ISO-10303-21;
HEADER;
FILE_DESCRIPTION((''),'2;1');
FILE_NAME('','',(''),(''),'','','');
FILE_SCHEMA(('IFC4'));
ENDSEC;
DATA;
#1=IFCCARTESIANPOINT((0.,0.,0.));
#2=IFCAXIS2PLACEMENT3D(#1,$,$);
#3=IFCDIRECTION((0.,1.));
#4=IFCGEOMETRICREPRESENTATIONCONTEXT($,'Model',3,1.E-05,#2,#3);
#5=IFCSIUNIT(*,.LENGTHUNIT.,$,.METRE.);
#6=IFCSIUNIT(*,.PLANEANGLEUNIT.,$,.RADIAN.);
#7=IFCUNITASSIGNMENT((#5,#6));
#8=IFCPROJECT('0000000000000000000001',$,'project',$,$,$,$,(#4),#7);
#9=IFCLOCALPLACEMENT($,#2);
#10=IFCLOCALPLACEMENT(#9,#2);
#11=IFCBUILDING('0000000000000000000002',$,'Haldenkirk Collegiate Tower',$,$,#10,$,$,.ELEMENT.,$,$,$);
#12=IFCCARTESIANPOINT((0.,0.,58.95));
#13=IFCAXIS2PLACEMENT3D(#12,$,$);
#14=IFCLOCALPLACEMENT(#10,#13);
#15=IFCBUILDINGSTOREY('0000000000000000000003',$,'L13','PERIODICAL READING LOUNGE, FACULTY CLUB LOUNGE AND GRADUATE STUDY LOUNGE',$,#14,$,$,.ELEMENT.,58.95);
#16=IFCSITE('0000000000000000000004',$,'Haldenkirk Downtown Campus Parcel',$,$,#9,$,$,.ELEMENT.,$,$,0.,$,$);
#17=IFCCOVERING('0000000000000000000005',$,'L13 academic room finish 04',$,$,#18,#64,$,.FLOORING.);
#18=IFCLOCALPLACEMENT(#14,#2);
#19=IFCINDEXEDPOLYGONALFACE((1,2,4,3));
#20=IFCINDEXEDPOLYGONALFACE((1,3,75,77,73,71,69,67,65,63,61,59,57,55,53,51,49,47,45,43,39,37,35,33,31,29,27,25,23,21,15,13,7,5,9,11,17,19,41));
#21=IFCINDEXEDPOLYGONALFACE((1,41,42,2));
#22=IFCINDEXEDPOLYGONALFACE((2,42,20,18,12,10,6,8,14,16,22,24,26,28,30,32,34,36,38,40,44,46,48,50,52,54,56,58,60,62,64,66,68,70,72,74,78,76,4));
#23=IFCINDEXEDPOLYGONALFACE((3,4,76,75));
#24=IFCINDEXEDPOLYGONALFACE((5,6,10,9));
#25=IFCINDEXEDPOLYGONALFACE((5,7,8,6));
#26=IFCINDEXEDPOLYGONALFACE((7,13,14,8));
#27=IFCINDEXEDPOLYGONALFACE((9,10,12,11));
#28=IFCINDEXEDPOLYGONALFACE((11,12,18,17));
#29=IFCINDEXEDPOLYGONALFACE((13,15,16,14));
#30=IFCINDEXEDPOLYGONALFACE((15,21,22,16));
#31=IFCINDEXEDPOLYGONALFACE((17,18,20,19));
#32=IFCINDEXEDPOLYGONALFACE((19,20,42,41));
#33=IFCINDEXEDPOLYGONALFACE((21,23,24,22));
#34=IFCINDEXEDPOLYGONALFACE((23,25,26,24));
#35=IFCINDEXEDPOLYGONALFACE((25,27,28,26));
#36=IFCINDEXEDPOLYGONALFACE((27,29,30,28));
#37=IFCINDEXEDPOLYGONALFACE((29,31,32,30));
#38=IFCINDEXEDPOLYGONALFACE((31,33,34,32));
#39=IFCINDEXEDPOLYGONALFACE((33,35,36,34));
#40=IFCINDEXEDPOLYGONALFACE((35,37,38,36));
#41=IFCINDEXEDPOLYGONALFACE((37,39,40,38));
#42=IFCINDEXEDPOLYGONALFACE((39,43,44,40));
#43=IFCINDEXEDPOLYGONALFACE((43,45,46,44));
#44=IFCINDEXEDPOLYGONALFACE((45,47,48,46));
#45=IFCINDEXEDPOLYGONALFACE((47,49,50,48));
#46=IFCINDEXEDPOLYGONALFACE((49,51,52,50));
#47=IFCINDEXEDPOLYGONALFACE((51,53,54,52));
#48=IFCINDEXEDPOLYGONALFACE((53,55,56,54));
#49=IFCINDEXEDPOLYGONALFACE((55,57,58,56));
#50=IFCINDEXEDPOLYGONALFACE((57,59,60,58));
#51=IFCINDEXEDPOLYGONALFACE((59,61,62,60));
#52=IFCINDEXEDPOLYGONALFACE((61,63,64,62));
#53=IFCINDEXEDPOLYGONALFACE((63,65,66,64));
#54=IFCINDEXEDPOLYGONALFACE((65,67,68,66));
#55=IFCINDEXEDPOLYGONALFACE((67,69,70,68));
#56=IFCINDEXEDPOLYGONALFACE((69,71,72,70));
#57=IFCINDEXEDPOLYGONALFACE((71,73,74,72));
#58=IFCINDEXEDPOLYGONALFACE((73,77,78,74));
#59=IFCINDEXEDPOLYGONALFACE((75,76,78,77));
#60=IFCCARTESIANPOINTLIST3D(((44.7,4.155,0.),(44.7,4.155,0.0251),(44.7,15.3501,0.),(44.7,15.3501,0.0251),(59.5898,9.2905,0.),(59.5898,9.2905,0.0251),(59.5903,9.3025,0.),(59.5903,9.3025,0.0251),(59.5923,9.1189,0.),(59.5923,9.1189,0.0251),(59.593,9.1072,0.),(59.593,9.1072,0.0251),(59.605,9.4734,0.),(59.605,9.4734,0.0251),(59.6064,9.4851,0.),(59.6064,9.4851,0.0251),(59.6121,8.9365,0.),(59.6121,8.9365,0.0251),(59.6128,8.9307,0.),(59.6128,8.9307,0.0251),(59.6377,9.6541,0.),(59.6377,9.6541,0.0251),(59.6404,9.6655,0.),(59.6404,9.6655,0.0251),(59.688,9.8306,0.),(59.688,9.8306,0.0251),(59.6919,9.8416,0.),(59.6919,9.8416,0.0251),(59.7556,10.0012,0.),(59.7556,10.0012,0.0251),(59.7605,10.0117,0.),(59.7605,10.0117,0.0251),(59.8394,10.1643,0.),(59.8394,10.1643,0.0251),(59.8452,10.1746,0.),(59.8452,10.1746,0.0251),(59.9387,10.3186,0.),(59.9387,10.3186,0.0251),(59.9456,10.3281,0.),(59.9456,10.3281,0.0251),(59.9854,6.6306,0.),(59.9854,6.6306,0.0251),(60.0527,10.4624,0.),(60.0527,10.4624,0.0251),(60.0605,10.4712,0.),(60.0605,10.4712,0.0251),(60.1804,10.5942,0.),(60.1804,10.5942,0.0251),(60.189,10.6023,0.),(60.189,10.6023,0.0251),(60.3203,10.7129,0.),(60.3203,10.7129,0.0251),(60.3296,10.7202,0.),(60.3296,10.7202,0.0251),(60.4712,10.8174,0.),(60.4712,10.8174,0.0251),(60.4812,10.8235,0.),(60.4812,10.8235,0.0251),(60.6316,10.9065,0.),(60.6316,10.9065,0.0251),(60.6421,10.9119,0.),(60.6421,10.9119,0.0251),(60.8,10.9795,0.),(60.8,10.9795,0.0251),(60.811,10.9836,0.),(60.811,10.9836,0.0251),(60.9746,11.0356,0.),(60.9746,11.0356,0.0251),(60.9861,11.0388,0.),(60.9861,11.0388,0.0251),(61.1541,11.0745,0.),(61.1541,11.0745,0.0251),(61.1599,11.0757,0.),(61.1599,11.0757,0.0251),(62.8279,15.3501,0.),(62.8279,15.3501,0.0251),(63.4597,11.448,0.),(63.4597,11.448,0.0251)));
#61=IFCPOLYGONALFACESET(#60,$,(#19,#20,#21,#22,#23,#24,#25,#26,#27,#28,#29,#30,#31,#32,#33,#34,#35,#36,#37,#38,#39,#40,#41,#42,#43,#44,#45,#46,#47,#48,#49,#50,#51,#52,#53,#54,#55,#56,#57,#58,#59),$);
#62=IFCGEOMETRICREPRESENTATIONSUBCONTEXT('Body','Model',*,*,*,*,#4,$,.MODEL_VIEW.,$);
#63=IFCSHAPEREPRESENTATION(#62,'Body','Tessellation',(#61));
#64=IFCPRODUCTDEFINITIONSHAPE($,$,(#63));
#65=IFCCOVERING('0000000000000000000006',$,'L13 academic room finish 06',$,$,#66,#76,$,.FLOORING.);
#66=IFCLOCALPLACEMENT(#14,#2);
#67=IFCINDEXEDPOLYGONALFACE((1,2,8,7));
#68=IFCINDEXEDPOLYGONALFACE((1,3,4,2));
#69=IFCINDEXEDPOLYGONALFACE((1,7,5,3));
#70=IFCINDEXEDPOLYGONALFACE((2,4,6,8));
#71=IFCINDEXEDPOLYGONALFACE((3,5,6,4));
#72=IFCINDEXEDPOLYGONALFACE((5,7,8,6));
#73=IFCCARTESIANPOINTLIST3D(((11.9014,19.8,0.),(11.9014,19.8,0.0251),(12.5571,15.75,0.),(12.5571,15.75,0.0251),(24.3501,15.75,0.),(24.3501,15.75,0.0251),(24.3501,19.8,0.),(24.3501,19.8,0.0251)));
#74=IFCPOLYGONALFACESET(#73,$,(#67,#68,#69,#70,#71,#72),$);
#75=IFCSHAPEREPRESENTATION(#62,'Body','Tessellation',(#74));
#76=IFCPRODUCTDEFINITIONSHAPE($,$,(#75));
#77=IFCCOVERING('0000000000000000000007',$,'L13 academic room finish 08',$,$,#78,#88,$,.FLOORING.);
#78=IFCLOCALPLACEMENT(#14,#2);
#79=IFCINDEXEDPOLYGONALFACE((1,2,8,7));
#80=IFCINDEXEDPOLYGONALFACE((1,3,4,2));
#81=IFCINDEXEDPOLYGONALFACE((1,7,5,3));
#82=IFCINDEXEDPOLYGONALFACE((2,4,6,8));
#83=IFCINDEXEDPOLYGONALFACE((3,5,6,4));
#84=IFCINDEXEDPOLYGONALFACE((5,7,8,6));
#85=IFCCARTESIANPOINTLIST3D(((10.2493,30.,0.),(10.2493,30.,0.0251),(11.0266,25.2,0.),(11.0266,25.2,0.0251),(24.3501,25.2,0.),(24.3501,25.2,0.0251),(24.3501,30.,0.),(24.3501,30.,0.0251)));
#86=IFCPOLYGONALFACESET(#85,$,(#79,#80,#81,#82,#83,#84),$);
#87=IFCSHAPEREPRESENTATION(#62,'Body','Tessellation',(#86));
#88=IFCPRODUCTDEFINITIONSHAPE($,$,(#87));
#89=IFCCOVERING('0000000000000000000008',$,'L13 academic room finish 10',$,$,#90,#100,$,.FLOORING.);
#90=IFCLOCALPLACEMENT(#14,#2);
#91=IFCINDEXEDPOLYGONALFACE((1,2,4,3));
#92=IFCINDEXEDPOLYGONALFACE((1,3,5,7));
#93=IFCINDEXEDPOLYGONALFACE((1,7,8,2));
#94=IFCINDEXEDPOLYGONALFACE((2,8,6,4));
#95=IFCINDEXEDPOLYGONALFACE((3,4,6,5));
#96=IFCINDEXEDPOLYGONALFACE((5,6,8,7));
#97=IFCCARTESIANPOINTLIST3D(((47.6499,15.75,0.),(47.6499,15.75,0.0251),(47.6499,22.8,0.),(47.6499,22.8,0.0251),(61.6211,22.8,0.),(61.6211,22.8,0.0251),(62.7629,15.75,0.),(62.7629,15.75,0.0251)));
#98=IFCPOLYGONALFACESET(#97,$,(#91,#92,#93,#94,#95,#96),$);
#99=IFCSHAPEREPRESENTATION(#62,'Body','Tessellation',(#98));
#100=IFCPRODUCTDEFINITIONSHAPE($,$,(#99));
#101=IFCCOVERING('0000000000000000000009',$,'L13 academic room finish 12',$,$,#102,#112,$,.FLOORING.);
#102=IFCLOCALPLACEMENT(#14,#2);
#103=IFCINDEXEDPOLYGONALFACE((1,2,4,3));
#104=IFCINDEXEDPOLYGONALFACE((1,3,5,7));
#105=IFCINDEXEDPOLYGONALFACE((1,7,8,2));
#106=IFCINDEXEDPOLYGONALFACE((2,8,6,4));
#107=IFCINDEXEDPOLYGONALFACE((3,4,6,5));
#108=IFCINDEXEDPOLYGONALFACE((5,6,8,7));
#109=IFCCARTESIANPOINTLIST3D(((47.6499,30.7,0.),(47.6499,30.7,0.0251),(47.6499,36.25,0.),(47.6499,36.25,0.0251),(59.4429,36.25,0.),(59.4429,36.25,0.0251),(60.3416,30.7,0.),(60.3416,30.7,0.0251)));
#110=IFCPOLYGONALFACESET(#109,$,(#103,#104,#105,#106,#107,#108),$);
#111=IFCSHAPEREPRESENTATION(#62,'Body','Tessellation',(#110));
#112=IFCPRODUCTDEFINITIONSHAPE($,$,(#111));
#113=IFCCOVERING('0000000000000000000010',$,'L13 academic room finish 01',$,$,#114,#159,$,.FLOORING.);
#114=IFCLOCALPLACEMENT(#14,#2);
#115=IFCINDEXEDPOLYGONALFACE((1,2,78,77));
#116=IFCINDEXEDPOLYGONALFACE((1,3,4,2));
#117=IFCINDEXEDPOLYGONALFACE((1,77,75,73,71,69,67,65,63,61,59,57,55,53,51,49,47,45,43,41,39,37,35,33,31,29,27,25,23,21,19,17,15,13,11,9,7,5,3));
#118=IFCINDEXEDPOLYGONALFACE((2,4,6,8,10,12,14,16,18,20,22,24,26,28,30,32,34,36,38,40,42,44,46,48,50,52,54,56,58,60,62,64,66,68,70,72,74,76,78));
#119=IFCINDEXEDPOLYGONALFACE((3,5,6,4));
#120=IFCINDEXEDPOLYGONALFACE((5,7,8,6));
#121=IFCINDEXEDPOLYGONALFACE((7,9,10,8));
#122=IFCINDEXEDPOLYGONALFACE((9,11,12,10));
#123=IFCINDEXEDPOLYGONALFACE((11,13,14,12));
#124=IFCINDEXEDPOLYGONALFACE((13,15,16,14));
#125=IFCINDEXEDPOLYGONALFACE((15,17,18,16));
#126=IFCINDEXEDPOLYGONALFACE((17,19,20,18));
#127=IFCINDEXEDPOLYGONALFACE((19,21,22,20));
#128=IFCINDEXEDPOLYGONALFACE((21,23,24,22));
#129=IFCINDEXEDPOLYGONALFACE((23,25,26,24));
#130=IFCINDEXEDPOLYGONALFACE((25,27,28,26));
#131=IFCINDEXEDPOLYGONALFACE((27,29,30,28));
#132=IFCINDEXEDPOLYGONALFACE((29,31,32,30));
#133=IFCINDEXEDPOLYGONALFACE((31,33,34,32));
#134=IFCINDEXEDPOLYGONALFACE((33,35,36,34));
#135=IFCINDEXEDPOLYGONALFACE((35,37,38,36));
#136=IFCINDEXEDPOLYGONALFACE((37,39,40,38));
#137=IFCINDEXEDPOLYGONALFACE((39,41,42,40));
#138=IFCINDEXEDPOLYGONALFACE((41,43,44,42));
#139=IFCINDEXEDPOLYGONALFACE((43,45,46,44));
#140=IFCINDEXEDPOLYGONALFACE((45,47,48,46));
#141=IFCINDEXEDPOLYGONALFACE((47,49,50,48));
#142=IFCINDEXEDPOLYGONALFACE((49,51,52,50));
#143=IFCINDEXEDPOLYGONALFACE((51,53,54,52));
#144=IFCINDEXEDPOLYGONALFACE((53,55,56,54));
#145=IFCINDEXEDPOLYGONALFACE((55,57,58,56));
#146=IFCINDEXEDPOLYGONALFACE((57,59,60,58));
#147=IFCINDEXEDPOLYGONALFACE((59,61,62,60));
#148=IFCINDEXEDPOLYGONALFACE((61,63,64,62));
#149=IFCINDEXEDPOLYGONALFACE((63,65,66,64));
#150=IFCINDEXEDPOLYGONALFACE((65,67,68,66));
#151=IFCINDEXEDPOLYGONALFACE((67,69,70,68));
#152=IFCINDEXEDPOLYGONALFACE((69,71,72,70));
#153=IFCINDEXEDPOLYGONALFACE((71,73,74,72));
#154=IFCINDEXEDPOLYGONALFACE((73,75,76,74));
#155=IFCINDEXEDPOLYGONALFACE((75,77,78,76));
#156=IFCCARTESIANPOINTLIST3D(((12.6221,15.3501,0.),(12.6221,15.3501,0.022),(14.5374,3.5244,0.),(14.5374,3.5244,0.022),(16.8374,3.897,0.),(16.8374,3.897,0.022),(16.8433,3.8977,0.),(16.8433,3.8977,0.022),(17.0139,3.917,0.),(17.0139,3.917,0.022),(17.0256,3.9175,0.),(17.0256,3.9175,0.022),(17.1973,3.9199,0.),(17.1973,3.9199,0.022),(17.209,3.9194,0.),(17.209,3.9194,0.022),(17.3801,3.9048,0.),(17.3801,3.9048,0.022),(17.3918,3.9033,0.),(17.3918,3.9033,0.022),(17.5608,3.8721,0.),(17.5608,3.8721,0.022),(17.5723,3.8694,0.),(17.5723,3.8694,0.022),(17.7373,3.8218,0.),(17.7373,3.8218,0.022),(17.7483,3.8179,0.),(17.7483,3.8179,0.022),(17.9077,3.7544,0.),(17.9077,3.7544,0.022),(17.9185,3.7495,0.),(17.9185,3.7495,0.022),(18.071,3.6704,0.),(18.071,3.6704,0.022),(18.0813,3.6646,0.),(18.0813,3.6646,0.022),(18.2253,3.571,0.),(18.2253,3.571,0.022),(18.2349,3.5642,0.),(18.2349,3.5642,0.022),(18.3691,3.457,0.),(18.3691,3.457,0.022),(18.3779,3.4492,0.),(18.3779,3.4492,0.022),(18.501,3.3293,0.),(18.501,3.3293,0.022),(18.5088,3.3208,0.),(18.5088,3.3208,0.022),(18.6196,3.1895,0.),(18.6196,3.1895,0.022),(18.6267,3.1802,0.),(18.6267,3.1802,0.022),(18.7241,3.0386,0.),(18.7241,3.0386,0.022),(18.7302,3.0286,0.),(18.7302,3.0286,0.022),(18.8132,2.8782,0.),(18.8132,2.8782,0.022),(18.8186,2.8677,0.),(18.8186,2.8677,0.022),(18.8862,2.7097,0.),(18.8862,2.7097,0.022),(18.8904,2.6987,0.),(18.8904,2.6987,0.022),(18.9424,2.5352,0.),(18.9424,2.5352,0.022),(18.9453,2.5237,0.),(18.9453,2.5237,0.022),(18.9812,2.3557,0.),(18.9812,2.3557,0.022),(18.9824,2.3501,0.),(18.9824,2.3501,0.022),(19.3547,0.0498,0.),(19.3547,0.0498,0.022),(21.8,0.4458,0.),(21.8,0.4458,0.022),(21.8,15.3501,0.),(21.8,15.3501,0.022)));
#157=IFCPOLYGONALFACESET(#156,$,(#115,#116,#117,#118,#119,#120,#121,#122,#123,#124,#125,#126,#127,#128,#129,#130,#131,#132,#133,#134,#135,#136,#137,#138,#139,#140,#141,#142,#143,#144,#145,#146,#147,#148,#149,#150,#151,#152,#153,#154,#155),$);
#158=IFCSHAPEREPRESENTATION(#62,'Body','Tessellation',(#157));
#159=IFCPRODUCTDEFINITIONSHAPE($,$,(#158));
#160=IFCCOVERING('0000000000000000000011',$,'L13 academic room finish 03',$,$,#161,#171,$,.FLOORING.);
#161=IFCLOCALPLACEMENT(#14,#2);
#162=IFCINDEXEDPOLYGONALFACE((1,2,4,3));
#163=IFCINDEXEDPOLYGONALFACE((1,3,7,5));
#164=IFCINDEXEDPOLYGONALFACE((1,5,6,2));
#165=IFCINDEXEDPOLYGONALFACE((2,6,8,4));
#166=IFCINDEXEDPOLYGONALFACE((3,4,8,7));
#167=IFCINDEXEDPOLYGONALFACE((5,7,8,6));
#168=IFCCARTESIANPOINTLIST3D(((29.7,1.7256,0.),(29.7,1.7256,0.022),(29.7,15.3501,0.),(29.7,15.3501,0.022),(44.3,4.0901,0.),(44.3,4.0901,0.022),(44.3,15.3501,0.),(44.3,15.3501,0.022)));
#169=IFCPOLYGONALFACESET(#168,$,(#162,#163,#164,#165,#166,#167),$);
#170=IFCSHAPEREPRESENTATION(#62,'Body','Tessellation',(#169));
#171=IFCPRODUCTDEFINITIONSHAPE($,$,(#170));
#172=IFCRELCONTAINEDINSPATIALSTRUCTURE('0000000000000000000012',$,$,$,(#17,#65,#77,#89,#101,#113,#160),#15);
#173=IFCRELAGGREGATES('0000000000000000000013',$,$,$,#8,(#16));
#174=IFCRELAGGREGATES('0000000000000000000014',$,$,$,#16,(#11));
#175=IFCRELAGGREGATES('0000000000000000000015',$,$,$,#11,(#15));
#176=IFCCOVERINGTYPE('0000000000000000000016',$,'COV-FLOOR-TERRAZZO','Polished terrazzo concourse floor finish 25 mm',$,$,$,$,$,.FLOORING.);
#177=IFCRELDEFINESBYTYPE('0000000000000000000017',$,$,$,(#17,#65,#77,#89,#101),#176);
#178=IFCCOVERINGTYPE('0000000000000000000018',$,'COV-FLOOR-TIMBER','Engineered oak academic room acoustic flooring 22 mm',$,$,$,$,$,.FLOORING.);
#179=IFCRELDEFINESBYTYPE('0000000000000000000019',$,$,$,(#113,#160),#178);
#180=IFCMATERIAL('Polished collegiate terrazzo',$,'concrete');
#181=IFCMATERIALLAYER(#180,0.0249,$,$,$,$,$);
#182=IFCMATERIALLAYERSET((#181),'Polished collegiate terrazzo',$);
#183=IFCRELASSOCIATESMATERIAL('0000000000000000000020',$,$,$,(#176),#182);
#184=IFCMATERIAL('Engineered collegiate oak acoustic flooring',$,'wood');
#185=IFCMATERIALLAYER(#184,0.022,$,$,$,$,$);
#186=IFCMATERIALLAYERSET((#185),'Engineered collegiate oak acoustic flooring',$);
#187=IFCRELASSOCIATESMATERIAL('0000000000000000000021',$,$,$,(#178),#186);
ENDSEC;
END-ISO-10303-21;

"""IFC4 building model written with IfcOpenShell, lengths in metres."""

from ifc_helpers import new_model, si_unit, direction, frame, origin, place, context, subcontext, project, spatial, polyline, outline, extrude, material, layer, layer_set, type_object, element, save


model = new_model("IFC4")

# Units and contexts
model_context = context("Model", 3, precision=1e-05, world=origin(), true_north=direction((0.0, 1.0)))
body_context = subcontext(model_context, "Body", "Model", "MODEL_VIEW")
ifc_project = project(units=[si_unit("LENGTHUNIT", "METRE"), si_unit("PLANEANGLEUNIT", "RADIAN")], contexts=[model_context])

# Site, building, storey
site_placement = place(None, origin())
site = spatial("IfcSite", under=ifc_project, at=site_placement, Name="Haldenkirk Downtown Campus Parcel", CompositionType="ELEMENT", RefElevation=0.0)
building_placement = place(site_placement, origin())
building = spatial("IfcBuilding", under=site, at=building_placement, Name="Haldenkirk Collegiate Tower", CompositionType="ELEMENT")
storey_placement = place(building_placement, frame((0.0, 0.0, 58.95)))
storey = spatial("IfcBuildingStorey", under=building, at=storey_placement, Name="L13", Description="PERIODICAL READING LOUNGE, FACULTY CLUB LOUNGE AND GRADUATE STUDY LOUNGE", CompositionType="ELEMENT", Elevation=58.95)

# Coverings
ifc_material_1 = material(Name="Polished collegiate terrazzo", Category="concrete")
ifc_layer_1 = layer(ifc_material_1, 0.0249)
ifc_layer_set_1 = layer_set([ifc_layer_1], Name="Polished collegiate terrazzo")
covering_type_1 = type_object("IfcCoveringType", Name="COV-FLOOR-TERRAZZO", Description="Polished terrazzo concourse floor finish 25 mm", PredefinedType="FLOORING", material=ifc_layer_set_1)
covering_1_placement = place(storey_placement, origin())
element("IfcCovering", 1, at=covering_1_placement, inside=storey, type_object=covering_type_1, Name="L13 academic room finish 04", PredefinedType="FLOORING", context=body_context, shape_type="SweptSolid", body=[
    extrude(outline(polyline([(63.4597, 11.448), (61.1599, 11.0757), (61.1541, 11.0745), (60.9861, 11.0388), (60.9746, 11.0356), (60.811, 10.9836), (60.8, 10.9795), (60.6421, 10.9119), (60.6316, 10.9065), (60.4812, 10.8235), (60.4712, 10.8174), (60.3296, 10.7202), (60.3203, 10.7129), (60.189, 10.6023), (60.1804, 10.5942), (60.0605, 10.4712), (60.0527, 10.4624), (59.9456, 10.3281), (59.9387, 10.3186), (59.8452, 10.1746), (59.8394, 10.1643), (59.7605, 10.0117), (59.7556, 10.0012), (59.6919, 9.8416), (59.688, 9.8306), (59.6404, 9.6655), (59.6377, 9.6541), (59.6064, 9.4851), (59.605, 9.4734), (59.5903, 9.3025), (59.5898, 9.2905), (59.5923, 9.1189), (59.593, 9.1072), (59.6121, 8.9365), (59.6128, 8.9307), (59.9854, 6.6306), (44.7, 4.155), (44.7, 15.3501), (62.8279, 15.3501), (63.4597, 11.448)])), origin(), (0.0, 0.0, 1.0), 0.0251),
])
covering_2_placement = place(storey_placement, origin())
element("IfcCovering", 2, at=covering_2_placement, inside=storey, type_object=covering_type_1, Name="L13 academic room finish 06", PredefinedType="FLOORING", context=body_context, shape_type="SweptSolid", body=[
    extrude(outline(polyline([(11.9014, 19.8), (24.3501, 19.8), (24.3501, 15.75), (12.5571, 15.75), (11.9014, 19.8)])), origin(), (0.0, 0.0, 1.0), 0.0251),
])
covering_3_placement = place(storey_placement, origin())
element("IfcCovering", 3, at=covering_3_placement, inside=storey, type_object=covering_type_1, Name="L13 academic room finish 08", PredefinedType="FLOORING", context=body_context, shape_type="SweptSolid", body=[
    extrude(outline(polyline([(10.2493, 30.0), (24.3501, 30.0), (24.3501, 25.2), (11.0266, 25.2), (10.2493, 30.0)])), origin(), (0.0, 0.0, 1.0), 0.0251),
])
covering_4_placement = place(storey_placement, origin())
element("IfcCovering", 4, at=covering_4_placement, inside=storey, type_object=covering_type_1, Name="L13 academic room finish 10", PredefinedType="FLOORING", context=body_context, shape_type="SweptSolid", body=[
    extrude(outline(polyline([(62.7629, 15.75), (47.6499, 15.75), (47.6499, 22.8), (61.6211, 22.8), (62.7629, 15.75)])), origin(), (0.0, 0.0, 1.0), 0.0251),
])
covering_5_placement = place(storey_placement, origin())
element("IfcCovering", 5, at=covering_5_placement, inside=storey, type_object=covering_type_1, Name="L13 academic room finish 12", PredefinedType="FLOORING", context=body_context, shape_type="SweptSolid", body=[
    extrude(outline(polyline([(60.3416, 30.7), (47.6499, 30.7), (47.6499, 36.25), (59.4429, 36.25), (60.3416, 30.7)])), origin(), (0.0, 0.0, 1.0), 0.0251),
])
ifc_material_2 = material(Name="Engineered collegiate oak acoustic flooring", Category="wood")
ifc_layer_2 = layer(ifc_material_2, 0.022)
ifc_layer_set_2 = layer_set([ifc_layer_2], Name="Engineered collegiate oak acoustic flooring")
covering_type_2 = type_object("IfcCoveringType", Name="COV-FLOOR-TIMBER", Description="Engineered oak academic room acoustic flooring 22 mm", PredefinedType="FLOORING", material=ifc_layer_set_2)
covering_6_placement = place(storey_placement, origin())
element("IfcCovering", 6, at=covering_6_placement, inside=storey, type_object=covering_type_2, Name="L13 academic room finish 01", PredefinedType="FLOORING", context=body_context, shape_type="SweptSolid", body=[
    extrude(outline(polyline([(18.7302, 3.0286), (18.7241, 3.0386), (18.6267, 3.1802), (18.6196, 3.1895), (18.5088, 3.3208), (18.501, 3.3293), (18.3779, 3.4492), (18.3691, 3.457), (18.2349, 3.5642), (18.2253, 3.571), (18.0813, 3.6646), (18.071, 3.6704), (17.9185, 3.7495), (17.9077, 3.7544), (17.7483, 3.8179), (17.7373, 3.8218), (17.5723, 3.8694), (17.5608, 3.8721), (17.3918, 3.9033), (17.3801, 3.9048), (17.209, 3.9194), (17.1973, 3.9199), (17.0256, 3.9175), (17.0139, 3.917), (16.8433, 3.8977), (16.8374, 3.897), (14.5374, 3.5244), (12.6221, 15.3501), (21.8, 15.3501), (21.8, 0.4458), (19.3547, 0.0498), (18.9824, 2.3501), (18.9812, 2.3557), (18.9453, 2.5237), (18.9424, 2.5352), (18.8904, 2.6987), (18.8862, 2.7097), (18.8186, 2.8677), (18.8132, 2.8782), (18.7302, 3.0286)])), origin(), (0.0, 0.0, 1.0), 0.022),
])
covering_7_placement = place(storey_placement, origin())
element("IfcCovering", 7, at=covering_7_placement, inside=storey, type_object=covering_type_2, Name="L13 academic room finish 03", PredefinedType="FLOORING", context=body_context, shape_type="SweptSolid", body=[
    extrude(outline(polyline([(29.7, 1.7256), (29.7, 15.3501), (44.3, 15.3501), (44.3, 4.0901), (29.7, 1.7256)])), origin(), (0.0, 0.0, 1.0), 0.022),
])

save(model, "model.ifc")
